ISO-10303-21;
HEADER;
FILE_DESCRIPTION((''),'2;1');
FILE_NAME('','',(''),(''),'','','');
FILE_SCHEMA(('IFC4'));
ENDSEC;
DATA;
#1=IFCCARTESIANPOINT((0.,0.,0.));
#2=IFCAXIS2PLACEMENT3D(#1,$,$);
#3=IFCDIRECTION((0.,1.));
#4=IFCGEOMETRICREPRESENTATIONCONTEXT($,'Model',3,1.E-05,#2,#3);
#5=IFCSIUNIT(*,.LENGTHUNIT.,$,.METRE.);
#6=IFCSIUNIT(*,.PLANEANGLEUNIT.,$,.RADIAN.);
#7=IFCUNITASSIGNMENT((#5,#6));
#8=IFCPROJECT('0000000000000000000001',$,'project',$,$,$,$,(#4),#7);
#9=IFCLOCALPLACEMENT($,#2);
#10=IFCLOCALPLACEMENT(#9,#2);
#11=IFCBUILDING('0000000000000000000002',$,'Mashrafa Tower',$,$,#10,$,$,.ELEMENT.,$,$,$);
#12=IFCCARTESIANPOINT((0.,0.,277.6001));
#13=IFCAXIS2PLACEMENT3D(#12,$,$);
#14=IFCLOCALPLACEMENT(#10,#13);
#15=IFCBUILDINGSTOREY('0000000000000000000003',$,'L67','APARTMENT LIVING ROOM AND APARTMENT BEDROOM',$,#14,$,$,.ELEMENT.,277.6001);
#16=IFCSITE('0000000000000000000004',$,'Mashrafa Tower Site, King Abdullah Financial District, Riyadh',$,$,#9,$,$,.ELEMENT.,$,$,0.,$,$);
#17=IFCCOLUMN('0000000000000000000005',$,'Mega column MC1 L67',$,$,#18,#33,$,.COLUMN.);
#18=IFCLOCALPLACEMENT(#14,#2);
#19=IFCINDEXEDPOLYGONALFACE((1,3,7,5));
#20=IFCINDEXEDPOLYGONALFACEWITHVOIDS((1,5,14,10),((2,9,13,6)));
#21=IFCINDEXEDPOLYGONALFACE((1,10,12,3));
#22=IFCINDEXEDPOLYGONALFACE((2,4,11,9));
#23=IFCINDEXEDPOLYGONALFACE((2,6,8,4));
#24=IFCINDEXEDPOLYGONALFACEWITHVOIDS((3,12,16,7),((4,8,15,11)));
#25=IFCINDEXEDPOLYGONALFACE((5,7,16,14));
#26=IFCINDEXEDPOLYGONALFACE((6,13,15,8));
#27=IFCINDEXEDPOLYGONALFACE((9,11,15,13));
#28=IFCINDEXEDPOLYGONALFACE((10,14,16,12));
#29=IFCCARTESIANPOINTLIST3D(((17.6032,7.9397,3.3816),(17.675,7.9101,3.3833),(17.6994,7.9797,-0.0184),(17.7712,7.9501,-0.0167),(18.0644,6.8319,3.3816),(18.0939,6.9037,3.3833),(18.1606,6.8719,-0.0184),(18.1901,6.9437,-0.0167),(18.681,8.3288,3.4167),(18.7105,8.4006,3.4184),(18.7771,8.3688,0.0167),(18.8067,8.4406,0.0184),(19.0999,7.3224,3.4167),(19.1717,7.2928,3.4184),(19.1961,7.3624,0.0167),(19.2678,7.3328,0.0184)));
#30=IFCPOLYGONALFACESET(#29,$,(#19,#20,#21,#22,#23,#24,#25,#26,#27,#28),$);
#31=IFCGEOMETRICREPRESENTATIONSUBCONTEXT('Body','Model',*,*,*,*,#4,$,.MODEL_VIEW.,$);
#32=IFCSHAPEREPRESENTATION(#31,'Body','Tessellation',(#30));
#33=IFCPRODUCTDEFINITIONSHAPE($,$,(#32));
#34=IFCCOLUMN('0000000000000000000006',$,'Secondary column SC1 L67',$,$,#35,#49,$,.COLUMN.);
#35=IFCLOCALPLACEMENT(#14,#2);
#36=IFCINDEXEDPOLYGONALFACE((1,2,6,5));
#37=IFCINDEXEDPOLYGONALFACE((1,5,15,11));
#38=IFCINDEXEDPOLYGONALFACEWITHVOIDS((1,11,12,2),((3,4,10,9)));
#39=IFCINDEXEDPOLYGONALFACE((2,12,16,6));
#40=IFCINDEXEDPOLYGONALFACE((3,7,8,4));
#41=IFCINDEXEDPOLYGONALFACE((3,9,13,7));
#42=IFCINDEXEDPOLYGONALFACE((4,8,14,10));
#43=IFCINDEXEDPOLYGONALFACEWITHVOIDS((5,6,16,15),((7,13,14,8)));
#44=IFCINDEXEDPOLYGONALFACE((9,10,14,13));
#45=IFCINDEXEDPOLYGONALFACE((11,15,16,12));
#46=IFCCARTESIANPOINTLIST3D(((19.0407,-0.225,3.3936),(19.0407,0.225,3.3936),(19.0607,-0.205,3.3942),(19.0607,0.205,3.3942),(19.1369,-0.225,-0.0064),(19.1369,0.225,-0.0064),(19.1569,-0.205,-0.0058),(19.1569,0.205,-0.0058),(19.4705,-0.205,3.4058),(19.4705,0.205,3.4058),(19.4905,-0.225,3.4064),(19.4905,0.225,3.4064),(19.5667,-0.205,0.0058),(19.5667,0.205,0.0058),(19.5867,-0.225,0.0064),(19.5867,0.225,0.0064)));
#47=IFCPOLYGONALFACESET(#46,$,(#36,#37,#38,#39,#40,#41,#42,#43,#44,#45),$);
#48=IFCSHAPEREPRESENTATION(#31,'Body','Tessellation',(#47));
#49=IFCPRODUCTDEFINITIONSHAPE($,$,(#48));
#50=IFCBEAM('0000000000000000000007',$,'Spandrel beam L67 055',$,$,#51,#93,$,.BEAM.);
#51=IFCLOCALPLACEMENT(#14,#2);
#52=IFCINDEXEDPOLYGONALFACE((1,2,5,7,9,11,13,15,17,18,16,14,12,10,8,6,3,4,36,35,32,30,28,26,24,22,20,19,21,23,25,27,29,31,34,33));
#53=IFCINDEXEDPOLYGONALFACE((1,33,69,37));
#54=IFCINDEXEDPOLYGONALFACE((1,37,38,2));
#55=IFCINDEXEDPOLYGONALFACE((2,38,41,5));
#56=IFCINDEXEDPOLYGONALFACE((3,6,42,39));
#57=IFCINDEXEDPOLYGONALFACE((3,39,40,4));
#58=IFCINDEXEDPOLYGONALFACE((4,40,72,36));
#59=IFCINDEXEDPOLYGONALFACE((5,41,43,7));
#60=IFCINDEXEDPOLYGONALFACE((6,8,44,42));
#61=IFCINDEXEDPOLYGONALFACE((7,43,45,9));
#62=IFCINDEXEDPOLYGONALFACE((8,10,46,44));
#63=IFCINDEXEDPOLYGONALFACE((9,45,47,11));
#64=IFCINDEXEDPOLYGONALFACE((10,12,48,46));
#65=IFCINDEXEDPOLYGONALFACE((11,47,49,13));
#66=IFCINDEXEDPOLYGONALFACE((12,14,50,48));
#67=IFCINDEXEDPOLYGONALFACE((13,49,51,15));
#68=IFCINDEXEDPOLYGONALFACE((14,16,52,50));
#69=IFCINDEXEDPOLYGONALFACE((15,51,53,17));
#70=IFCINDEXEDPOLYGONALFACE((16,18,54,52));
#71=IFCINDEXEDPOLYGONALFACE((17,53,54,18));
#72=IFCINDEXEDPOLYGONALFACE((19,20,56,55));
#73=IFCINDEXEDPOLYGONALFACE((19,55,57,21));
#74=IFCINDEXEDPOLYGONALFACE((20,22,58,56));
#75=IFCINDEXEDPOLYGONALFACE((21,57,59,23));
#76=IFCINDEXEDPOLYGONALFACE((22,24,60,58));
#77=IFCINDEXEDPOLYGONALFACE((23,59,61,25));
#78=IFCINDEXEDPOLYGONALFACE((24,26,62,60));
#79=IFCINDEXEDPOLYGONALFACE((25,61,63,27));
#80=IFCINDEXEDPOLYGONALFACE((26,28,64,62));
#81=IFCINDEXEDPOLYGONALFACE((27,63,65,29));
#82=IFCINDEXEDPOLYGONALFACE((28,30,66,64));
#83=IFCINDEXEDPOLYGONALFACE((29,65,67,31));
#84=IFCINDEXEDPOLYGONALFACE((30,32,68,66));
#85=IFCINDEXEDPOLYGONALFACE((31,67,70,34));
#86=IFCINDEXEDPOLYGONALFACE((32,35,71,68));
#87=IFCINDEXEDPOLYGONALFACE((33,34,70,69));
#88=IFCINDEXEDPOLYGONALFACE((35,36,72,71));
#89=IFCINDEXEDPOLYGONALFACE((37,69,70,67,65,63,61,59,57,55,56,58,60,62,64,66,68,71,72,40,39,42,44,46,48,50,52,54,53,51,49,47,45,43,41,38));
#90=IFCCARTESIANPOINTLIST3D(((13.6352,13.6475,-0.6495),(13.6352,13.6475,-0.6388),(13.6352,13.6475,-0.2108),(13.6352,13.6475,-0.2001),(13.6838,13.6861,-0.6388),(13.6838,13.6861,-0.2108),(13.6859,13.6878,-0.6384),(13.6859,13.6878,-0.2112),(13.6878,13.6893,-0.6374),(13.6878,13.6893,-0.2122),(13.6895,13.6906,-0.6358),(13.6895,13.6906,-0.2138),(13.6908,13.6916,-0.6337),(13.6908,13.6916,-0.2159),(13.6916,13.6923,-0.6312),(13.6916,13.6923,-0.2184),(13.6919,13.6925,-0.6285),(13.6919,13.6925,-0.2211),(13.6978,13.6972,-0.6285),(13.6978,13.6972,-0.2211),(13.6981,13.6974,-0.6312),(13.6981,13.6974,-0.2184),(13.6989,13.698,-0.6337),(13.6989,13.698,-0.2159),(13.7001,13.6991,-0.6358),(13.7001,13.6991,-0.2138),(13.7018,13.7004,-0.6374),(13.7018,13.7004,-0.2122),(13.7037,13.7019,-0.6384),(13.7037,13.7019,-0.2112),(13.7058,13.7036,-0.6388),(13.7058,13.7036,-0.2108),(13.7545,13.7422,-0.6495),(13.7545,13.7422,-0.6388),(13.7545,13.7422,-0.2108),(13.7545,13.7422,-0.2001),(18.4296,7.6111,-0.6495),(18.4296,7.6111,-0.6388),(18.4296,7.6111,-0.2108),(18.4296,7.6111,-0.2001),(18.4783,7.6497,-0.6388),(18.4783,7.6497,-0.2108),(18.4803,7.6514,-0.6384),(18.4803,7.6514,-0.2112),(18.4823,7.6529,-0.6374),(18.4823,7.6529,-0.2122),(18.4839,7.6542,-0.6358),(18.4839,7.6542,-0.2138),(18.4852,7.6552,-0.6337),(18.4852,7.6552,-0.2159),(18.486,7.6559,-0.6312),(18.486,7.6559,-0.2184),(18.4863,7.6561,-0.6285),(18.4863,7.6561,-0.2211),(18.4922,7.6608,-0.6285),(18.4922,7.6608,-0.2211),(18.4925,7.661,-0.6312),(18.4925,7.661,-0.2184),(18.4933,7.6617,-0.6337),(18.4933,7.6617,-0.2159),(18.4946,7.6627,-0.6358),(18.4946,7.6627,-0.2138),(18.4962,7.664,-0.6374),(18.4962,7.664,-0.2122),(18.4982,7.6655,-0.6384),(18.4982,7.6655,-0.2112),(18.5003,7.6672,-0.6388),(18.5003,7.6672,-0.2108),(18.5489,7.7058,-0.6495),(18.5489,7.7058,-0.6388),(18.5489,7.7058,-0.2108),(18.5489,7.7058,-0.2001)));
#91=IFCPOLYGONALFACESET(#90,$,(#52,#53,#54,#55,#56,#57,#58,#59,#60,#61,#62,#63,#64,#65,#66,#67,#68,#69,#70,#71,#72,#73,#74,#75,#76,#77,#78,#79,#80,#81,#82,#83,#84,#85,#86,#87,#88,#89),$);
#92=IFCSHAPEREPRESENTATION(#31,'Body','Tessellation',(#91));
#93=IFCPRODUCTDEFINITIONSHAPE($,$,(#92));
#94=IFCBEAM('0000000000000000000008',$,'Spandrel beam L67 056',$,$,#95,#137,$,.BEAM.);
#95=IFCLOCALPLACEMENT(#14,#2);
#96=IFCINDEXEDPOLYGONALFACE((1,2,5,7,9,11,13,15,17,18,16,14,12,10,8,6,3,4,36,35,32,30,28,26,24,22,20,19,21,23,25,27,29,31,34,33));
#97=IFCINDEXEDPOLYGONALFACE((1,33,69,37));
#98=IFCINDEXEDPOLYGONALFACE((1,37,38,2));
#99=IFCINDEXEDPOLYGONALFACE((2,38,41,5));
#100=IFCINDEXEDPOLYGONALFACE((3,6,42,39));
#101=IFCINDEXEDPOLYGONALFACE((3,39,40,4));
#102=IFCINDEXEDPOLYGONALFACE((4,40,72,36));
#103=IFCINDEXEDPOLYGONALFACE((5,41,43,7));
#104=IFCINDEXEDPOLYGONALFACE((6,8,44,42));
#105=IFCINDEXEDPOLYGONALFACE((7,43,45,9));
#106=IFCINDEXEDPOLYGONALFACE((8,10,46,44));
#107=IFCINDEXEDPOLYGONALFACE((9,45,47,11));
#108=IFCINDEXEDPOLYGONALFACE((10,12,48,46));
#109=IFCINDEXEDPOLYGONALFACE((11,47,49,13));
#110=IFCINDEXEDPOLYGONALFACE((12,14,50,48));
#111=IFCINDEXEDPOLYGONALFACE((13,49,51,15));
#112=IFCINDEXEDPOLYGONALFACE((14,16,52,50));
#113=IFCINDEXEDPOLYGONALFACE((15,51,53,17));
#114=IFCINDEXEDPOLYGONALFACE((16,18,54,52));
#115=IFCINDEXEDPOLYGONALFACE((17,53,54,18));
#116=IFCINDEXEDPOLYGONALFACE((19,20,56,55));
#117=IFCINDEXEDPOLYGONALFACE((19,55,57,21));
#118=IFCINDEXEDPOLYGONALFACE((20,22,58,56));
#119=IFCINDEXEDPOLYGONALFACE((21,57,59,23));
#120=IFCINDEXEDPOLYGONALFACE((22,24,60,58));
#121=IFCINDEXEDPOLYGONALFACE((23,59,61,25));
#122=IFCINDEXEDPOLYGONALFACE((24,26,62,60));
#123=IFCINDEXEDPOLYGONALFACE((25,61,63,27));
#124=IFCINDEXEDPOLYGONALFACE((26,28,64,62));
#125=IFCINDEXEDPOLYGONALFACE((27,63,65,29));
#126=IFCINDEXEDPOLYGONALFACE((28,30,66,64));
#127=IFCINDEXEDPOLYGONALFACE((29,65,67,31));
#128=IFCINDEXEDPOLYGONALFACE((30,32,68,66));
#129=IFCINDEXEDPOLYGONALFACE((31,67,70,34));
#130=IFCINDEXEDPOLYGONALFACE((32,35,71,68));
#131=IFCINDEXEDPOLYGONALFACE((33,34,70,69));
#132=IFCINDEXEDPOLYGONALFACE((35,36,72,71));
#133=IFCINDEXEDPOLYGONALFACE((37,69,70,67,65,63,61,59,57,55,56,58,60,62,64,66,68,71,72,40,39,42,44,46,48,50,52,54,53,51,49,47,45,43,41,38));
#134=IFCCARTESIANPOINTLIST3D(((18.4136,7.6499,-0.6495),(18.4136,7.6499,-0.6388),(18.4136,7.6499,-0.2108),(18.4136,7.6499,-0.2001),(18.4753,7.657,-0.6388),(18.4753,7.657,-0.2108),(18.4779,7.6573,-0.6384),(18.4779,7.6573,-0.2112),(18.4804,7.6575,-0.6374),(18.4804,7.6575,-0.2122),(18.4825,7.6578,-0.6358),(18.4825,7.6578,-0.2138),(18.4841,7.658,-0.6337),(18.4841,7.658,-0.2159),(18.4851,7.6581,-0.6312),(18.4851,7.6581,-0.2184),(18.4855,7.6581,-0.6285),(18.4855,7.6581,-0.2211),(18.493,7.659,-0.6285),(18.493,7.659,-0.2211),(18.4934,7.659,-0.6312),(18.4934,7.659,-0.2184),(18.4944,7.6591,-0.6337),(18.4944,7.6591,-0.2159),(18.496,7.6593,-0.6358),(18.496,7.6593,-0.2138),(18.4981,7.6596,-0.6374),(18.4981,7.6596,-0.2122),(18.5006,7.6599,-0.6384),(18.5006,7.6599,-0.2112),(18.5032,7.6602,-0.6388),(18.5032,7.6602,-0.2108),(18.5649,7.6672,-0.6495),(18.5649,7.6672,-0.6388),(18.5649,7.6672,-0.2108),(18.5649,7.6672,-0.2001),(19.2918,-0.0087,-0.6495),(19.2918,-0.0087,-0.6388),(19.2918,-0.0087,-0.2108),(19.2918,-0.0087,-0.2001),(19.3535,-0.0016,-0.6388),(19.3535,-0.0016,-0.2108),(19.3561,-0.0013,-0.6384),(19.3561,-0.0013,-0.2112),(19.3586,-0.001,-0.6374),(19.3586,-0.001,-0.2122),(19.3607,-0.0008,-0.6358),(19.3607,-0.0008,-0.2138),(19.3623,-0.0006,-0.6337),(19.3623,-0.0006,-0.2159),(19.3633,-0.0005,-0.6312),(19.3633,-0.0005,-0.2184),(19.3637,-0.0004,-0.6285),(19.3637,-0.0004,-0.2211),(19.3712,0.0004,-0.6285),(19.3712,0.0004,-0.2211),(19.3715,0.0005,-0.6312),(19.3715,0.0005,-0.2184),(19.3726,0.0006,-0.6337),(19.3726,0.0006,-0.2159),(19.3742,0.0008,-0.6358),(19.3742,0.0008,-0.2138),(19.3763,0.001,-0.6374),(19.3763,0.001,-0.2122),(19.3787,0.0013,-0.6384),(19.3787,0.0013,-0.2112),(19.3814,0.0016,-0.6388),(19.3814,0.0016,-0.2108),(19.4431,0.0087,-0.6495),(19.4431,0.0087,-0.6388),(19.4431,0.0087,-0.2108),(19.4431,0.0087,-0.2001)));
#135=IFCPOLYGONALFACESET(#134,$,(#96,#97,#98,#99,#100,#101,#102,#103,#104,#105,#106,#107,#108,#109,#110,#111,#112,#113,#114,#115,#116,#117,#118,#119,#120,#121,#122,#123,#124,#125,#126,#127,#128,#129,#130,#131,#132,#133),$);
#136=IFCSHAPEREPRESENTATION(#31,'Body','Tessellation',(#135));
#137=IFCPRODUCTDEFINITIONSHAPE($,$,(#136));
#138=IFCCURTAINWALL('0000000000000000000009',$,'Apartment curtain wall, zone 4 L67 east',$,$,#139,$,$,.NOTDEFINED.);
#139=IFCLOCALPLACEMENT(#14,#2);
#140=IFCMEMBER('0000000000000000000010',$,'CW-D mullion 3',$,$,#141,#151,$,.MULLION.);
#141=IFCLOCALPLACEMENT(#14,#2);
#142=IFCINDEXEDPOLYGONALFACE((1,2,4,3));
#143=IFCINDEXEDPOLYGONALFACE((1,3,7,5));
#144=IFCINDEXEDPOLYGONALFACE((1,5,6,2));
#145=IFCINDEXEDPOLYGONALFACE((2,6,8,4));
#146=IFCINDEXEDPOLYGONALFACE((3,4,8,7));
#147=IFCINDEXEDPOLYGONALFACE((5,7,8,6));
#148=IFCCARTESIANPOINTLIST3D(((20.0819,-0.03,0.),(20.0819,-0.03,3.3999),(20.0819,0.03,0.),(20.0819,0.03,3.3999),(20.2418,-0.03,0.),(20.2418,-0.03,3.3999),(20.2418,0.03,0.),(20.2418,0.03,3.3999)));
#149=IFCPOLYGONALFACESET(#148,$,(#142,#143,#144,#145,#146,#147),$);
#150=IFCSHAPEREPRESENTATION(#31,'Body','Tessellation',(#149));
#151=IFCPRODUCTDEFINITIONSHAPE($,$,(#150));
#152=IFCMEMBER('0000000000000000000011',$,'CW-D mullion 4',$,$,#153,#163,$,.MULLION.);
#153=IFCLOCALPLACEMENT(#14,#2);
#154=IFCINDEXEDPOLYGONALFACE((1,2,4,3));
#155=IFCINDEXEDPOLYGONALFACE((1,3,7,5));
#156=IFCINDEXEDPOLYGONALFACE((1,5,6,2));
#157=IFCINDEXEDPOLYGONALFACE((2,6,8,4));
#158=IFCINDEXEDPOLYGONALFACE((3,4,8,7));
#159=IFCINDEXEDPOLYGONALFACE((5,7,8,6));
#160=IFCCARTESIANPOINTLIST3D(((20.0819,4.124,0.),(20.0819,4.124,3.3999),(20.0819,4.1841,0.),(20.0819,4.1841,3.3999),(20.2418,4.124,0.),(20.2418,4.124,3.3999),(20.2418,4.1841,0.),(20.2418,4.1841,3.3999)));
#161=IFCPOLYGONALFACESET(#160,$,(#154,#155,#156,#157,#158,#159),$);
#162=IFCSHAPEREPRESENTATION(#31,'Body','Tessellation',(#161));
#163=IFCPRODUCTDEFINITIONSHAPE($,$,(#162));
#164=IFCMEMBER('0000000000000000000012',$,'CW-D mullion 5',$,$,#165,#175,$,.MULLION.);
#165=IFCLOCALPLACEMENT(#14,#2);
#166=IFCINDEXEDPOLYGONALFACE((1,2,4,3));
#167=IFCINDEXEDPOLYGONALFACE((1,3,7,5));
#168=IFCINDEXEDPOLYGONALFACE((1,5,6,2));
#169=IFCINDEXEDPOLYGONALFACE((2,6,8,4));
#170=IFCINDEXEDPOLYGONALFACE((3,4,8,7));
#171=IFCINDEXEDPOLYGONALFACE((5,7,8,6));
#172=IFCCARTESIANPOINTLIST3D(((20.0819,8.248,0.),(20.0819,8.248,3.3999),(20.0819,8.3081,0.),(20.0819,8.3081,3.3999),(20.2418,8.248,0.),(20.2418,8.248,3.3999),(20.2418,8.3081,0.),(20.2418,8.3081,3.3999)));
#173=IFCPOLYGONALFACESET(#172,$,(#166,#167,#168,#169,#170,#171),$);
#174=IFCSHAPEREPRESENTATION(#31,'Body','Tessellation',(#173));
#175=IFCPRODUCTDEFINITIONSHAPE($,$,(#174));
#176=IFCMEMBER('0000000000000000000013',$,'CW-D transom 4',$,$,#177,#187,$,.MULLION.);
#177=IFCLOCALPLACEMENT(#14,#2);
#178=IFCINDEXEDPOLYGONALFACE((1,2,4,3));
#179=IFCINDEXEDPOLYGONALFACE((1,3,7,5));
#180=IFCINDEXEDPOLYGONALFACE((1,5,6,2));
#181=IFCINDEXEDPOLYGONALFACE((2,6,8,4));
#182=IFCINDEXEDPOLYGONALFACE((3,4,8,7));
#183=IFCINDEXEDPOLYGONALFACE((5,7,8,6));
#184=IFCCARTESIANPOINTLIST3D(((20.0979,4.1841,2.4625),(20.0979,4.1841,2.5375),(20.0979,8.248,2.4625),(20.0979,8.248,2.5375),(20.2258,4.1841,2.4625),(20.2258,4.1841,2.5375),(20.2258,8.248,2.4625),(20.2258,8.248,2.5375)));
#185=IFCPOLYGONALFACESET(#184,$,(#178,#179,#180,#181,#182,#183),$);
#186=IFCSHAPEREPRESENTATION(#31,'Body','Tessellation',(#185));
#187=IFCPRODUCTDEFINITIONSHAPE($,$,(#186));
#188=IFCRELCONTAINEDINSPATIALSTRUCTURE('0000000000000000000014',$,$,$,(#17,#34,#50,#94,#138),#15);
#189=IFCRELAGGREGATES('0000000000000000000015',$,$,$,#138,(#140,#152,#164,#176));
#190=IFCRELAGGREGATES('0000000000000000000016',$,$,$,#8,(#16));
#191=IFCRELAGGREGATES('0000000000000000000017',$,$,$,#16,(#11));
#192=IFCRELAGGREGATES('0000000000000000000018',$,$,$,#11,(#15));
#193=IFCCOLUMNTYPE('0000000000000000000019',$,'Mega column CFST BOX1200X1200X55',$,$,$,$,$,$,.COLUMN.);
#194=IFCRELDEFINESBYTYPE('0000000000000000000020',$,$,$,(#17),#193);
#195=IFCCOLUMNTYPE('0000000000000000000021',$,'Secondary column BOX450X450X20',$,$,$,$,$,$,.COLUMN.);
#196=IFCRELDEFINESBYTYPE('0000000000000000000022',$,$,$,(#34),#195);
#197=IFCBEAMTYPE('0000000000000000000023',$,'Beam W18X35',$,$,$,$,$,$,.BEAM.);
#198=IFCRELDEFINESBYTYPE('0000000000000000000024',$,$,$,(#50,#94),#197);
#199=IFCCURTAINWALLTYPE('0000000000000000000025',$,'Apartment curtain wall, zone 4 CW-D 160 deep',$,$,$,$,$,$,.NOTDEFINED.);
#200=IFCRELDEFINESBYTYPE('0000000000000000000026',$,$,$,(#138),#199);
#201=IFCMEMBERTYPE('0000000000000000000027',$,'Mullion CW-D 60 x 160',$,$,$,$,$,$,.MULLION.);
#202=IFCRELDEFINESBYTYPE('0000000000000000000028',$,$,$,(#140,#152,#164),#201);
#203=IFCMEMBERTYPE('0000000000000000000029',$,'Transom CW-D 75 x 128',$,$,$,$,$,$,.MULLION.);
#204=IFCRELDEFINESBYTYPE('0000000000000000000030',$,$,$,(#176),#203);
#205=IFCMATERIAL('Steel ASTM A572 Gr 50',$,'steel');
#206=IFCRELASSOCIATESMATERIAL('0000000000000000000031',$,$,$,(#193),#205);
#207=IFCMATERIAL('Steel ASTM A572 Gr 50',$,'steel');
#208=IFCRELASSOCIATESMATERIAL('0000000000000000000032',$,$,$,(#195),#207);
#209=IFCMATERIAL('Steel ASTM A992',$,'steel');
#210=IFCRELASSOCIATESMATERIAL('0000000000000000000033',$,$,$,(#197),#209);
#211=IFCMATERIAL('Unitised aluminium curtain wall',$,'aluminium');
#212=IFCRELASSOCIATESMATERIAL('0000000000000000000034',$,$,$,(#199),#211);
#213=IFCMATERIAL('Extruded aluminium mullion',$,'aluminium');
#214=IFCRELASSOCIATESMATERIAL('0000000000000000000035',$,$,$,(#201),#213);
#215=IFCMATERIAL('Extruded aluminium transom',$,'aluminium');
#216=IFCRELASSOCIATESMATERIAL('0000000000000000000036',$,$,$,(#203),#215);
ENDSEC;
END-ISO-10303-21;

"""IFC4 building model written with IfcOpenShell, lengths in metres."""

from ifc_helpers import new_model, si_unit, direction, frame, origin, origin_2d, place, context, subcontext, project, spatial, rectangle, hollow_rectangle, i_section, extrude, source, transform, mapped, material, material_profile, profile_set, type_object, type_shapes, element, aggregate, save


model = new_model("IFC4")

# Units and contexts
model_context = context("Model", 3, precision=1e-05, world=origin(), true_north=direction((0.0, 1.0)))
body_context = subcontext(model_context, "Body", "Model", "MODEL_VIEW")
ifc_project = project(units=[si_unit("LENGTHUNIT", "METRE"), si_unit("PLANEANGLEUNIT", "RADIAN")], contexts=[model_context])

# Site, building, storey
site_placement = place(None, origin())
site = spatial("IfcSite", under=ifc_project, at=site_placement, Name="Mashrafa Tower Site, King Abdullah Financial District, Riyadh", CompositionType="ELEMENT", RefElevation=0.0)
building_placement = place(site_placement, origin())
building = spatial("IfcBuilding", under=site, at=building_placement, Name="Mashrafa Tower", CompositionType="ELEMENT")
storey_placement = place(building_placement, frame((0.0, 0.0, 277.6001)))
storey = spatial("IfcBuildingStorey", under=building, at=storey_placement, Name="L67", Description="APARTMENT LIVING ROOM AND APARTMENT BEDROOM", CompositionType="ELEMENT", Elevation=277.6001)

# Columns
ifc_material_1 = material(Name="Steel ASTM A572 Gr 50", Category="steel")
ifc_material_profile_1 = material_profile(ifc_material_1, hollow_rectangle(XDim=1.2, YDim=1.2, WallThickness=0.0549, at=origin_2d()), Name="BOX1200X1200X55")
ifc_profile_set_1 = profile_set([ifc_material_profile_1], Name="Steel ASTM A572 Gr 50")
column_type_1 = type_object("IfcColumnType", Name="Mega column CFST BOX1200X1200X55", PredefinedType="COLUMN", material=ifc_profile_set_1)
column_1_placement = place(storey_placement, frame((18.4836, 7.6562, 0.0), z_axis=(-0.028279, -0.011771, 0.999531), x_axis=(0.384283, -0.923216, 0.0)))
element("IfcColumn", 1, at=column_1_placement, inside=storey, type_object=column_type_1, Name="Mega column MC1 L67", PredefinedType="COLUMN", context=body_context, shape_type="SweptSolid", body=[
    extrude(hollow_rectangle(XDim=1.2, YDim=1.2, WallThickness=0.0549, at=origin_2d()), origin(), (0.0, 0.0, 1.0), 3.4016),
])
ifc_material_2 = material(Name="Steel ASTM A572 Gr 50", Category="steel")
ifc_material_profile_2 = material_profile(ifc_material_2, hollow_rectangle(XDim=0.45, YDim=0.45, WallThickness=0.02, at=origin_2d()), Name="BOX450X450X20")
ifc_profile_set_2 = profile_set([ifc_material_profile_2], Name="Steel ASTM A572 Gr 50")
column_type_2 = type_object("IfcColumnType", Name="Secondary column BOX450X450X20", PredefinedType="COLUMN", material=ifc_profile_set_2)
column_2_placement = place(storey_placement, frame((19.3618, 0.0, 0.0), z_axis=(-0.028281, 0.0, 0.9996), x_axis=(0.0, -1.0, 0.0)))
element("IfcColumn", 2, at=column_2_placement, inside=storey, type_object=column_type_2, Name="Secondary column SC1 L67", PredefinedType="COLUMN", context=body_context, shape_type="SweptSolid", body=[
    extrude(hollow_rectangle(XDim=0.45, YDim=0.45, WallThickness=0.02, at=origin_2d()), origin(), (0.0, 0.0, 1.0), 3.4014),
])

# Beams
ifc_material_3 = material(Name="Steel ASTM A992", Category="steel")
ifc_material_profile_3 = material_profile(ifc_material_3, i_section(OverallWidth=0.1523, OverallDepth=0.4495, WebThickness=0.0076, FlangeThickness=0.0107, FilletRadius=0.0103, at=origin_2d()), Name="W18X35")
ifc_profile_set_3 = profile_set([ifc_material_profile_3], Name="Steel ASTM A992")
beam_type = type_object("IfcBeamType", Name="Beam W18X35", PredefinedType="BEAM", material=ifc_profile_set_3)
for number, where, z_axis, x_axis, name in (
    (3, (18.4893, 7.6584, -0.4248), (-0.621949, 0.783058, 0.0), (-0.783058, -0.621949, 0.0), "Spandrel beam L67 055"),
    (4, (19.3674, 0.0, -0.4248), (-0.113921, 0.99349, 0.0), (-0.99349, -0.113921, 0.0), "Spandrel beam L67 056"),
):
    element("IfcBeam", number, at=place(storey_placement, frame(where, z_axis=z_axis, x_axis=x_axis)), inside=storey, type_object=beam_type, Name=name, PredefinedType="BEAM", context=body_context, shape_type="SweptSolid", body=[
        extrude(i_section(OverallWidth=0.1523, OverallDepth=0.4495, WebThickness=0.0076, FlangeThickness=0.0107, FilletRadius=0.0103, at=origin_2d()), origin(), (0.0, 0.0, 1.0), 7.7087),
    ])

# Curtain wall, members
ifc_material_4 = material(Name="Unitised aluminium curtain wall", Category="aluminium")
curtain_wall_type = type_object("IfcCurtainWallType", Name="Apartment curtain wall, zone 4 CW-D 160 deep", PredefinedType="NOTDEFINED", material=ifc_material_4)
curtain_wall_placement = place(storey_placement, origin())
curtain_wall = element("IfcCurtainWall", 5, at=curtain_wall_placement, inside=storey, type_object=curtain_wall_type, Name="Apartment curtain wall, zone 4 L67 east", PredefinedType="NOTDEFINED")
ifc_material_5 = material(Name="Extruded aluminium mullion", Category="aluminium")
ifc_material_profile_4 = material_profile(ifc_material_5, rectangle(XDim=0.1599, YDim=0.0601, at=origin_2d()), Name="Mullion 60x160")
ifc_profile_set_4 = profile_set([ifc_material_profile_4], Name="Extruded aluminium mullion")
member_type_1 = type_object("IfcMemberType", Name="Mullion CW-D 60 x 160", PredefinedType="MULLION", material=ifc_profile_set_4)
shared_shape_1 = source(origin(), body_context, "Body", "SweptSolid", [
    extrude(rectangle(XDim=0.1599, YDim=0.0601, at=origin_2d()), origin(), (0.0, 0.0, 1.0), 3.3999),
])
type_shapes(member_type_1, [shared_shape_1])
member_1_placement = place(storey_placement, frame((20.1619, 0.0, 0.0), z_axis=(0.0, 0.0, 1.0), x_axis=(-1.0, 0.0, 0.0)))
member_1 = element("IfcMember", 6, at=member_1_placement, type_object=member_type_1, Name="CW-D mullion 3", PredefinedType="MULLION", context=body_context, shape_type="MappedRepresentation", body=[
    mapped(shared_shape_1, transform((0.0, 0.0, 0.0))),
])
member_2_placement = place(storey_placement, frame((20.1619, 4.1541, 0.0), z_axis=(0.0, 0.0, 1.0), x_axis=(-1.0, 0.0, 0.0)))
member_2 = element("IfcMember", 7, at=member_2_placement, type_object=member_type_1, Name="CW-D mullion 4", PredefinedType="MULLION", context=body_context, shape_type="MappedRepresentation", body=[
    mapped(shared_shape_1, transform((0.0, 0.0, 0.0))),
])
member_3_placement = place(storey_placement, frame((20.1619, 8.2781, 0.0), z_axis=(0.0, 0.0, 1.0), x_axis=(-1.0, 0.0, 0.0)))
member_3 = element("IfcMember", 8, at=member_3_placement, type_object=member_type_1, Name="CW-D mullion 5", PredefinedType="MULLION", context=body_context, shape_type="MappedRepresentation", body=[
    mapped(shared_shape_1, transform((0.0, 0.0, 0.0))),
])
ifc_material_6 = material(Name="Extruded aluminium transom", Category="aluminium")
ifc_material_profile_5 = material_profile(ifc_material_6, rectangle(XDim=0.1279, YDim=0.075, at=origin_2d()), Name="Transom 75x128")
ifc_profile_set_5 = profile_set([ifc_material_profile_5], Name="Extruded aluminium transom")
member_type_2 = type_object("IfcMemberType", Name="Transom CW-D 75 x 128", PredefinedType="MULLION", material=ifc_profile_set_5)
shared_shape_2 = source(origin(), body_context, "Body", "SweptSolid", [
    extrude(rectangle(XDim=0.1279, YDim=0.075, at=origin_2d()), origin(), (0.0, 0.0, 1.0), 4.064),
])
member_4_placement = place(storey_placement, frame((20.1619, 4.1841, 2.5), z_axis=(0.0, 1.0, 0.0), x_axis=(-1.0, 0.0, 0.0)))
member_4 = element("IfcMember", 9, at=member_4_placement, type_object=member_type_2, Name="CW-D transom 4", PredefinedType="MULLION", context=body_context, shape_type="MappedRepresentation", body=[
    mapped(shared_shape_2, transform((0.0, 0.0, 0.0))),
])
aggregate(curtain_wall, [member_1, member_2, member_3, member_4])

save(model, "model.ifc")
